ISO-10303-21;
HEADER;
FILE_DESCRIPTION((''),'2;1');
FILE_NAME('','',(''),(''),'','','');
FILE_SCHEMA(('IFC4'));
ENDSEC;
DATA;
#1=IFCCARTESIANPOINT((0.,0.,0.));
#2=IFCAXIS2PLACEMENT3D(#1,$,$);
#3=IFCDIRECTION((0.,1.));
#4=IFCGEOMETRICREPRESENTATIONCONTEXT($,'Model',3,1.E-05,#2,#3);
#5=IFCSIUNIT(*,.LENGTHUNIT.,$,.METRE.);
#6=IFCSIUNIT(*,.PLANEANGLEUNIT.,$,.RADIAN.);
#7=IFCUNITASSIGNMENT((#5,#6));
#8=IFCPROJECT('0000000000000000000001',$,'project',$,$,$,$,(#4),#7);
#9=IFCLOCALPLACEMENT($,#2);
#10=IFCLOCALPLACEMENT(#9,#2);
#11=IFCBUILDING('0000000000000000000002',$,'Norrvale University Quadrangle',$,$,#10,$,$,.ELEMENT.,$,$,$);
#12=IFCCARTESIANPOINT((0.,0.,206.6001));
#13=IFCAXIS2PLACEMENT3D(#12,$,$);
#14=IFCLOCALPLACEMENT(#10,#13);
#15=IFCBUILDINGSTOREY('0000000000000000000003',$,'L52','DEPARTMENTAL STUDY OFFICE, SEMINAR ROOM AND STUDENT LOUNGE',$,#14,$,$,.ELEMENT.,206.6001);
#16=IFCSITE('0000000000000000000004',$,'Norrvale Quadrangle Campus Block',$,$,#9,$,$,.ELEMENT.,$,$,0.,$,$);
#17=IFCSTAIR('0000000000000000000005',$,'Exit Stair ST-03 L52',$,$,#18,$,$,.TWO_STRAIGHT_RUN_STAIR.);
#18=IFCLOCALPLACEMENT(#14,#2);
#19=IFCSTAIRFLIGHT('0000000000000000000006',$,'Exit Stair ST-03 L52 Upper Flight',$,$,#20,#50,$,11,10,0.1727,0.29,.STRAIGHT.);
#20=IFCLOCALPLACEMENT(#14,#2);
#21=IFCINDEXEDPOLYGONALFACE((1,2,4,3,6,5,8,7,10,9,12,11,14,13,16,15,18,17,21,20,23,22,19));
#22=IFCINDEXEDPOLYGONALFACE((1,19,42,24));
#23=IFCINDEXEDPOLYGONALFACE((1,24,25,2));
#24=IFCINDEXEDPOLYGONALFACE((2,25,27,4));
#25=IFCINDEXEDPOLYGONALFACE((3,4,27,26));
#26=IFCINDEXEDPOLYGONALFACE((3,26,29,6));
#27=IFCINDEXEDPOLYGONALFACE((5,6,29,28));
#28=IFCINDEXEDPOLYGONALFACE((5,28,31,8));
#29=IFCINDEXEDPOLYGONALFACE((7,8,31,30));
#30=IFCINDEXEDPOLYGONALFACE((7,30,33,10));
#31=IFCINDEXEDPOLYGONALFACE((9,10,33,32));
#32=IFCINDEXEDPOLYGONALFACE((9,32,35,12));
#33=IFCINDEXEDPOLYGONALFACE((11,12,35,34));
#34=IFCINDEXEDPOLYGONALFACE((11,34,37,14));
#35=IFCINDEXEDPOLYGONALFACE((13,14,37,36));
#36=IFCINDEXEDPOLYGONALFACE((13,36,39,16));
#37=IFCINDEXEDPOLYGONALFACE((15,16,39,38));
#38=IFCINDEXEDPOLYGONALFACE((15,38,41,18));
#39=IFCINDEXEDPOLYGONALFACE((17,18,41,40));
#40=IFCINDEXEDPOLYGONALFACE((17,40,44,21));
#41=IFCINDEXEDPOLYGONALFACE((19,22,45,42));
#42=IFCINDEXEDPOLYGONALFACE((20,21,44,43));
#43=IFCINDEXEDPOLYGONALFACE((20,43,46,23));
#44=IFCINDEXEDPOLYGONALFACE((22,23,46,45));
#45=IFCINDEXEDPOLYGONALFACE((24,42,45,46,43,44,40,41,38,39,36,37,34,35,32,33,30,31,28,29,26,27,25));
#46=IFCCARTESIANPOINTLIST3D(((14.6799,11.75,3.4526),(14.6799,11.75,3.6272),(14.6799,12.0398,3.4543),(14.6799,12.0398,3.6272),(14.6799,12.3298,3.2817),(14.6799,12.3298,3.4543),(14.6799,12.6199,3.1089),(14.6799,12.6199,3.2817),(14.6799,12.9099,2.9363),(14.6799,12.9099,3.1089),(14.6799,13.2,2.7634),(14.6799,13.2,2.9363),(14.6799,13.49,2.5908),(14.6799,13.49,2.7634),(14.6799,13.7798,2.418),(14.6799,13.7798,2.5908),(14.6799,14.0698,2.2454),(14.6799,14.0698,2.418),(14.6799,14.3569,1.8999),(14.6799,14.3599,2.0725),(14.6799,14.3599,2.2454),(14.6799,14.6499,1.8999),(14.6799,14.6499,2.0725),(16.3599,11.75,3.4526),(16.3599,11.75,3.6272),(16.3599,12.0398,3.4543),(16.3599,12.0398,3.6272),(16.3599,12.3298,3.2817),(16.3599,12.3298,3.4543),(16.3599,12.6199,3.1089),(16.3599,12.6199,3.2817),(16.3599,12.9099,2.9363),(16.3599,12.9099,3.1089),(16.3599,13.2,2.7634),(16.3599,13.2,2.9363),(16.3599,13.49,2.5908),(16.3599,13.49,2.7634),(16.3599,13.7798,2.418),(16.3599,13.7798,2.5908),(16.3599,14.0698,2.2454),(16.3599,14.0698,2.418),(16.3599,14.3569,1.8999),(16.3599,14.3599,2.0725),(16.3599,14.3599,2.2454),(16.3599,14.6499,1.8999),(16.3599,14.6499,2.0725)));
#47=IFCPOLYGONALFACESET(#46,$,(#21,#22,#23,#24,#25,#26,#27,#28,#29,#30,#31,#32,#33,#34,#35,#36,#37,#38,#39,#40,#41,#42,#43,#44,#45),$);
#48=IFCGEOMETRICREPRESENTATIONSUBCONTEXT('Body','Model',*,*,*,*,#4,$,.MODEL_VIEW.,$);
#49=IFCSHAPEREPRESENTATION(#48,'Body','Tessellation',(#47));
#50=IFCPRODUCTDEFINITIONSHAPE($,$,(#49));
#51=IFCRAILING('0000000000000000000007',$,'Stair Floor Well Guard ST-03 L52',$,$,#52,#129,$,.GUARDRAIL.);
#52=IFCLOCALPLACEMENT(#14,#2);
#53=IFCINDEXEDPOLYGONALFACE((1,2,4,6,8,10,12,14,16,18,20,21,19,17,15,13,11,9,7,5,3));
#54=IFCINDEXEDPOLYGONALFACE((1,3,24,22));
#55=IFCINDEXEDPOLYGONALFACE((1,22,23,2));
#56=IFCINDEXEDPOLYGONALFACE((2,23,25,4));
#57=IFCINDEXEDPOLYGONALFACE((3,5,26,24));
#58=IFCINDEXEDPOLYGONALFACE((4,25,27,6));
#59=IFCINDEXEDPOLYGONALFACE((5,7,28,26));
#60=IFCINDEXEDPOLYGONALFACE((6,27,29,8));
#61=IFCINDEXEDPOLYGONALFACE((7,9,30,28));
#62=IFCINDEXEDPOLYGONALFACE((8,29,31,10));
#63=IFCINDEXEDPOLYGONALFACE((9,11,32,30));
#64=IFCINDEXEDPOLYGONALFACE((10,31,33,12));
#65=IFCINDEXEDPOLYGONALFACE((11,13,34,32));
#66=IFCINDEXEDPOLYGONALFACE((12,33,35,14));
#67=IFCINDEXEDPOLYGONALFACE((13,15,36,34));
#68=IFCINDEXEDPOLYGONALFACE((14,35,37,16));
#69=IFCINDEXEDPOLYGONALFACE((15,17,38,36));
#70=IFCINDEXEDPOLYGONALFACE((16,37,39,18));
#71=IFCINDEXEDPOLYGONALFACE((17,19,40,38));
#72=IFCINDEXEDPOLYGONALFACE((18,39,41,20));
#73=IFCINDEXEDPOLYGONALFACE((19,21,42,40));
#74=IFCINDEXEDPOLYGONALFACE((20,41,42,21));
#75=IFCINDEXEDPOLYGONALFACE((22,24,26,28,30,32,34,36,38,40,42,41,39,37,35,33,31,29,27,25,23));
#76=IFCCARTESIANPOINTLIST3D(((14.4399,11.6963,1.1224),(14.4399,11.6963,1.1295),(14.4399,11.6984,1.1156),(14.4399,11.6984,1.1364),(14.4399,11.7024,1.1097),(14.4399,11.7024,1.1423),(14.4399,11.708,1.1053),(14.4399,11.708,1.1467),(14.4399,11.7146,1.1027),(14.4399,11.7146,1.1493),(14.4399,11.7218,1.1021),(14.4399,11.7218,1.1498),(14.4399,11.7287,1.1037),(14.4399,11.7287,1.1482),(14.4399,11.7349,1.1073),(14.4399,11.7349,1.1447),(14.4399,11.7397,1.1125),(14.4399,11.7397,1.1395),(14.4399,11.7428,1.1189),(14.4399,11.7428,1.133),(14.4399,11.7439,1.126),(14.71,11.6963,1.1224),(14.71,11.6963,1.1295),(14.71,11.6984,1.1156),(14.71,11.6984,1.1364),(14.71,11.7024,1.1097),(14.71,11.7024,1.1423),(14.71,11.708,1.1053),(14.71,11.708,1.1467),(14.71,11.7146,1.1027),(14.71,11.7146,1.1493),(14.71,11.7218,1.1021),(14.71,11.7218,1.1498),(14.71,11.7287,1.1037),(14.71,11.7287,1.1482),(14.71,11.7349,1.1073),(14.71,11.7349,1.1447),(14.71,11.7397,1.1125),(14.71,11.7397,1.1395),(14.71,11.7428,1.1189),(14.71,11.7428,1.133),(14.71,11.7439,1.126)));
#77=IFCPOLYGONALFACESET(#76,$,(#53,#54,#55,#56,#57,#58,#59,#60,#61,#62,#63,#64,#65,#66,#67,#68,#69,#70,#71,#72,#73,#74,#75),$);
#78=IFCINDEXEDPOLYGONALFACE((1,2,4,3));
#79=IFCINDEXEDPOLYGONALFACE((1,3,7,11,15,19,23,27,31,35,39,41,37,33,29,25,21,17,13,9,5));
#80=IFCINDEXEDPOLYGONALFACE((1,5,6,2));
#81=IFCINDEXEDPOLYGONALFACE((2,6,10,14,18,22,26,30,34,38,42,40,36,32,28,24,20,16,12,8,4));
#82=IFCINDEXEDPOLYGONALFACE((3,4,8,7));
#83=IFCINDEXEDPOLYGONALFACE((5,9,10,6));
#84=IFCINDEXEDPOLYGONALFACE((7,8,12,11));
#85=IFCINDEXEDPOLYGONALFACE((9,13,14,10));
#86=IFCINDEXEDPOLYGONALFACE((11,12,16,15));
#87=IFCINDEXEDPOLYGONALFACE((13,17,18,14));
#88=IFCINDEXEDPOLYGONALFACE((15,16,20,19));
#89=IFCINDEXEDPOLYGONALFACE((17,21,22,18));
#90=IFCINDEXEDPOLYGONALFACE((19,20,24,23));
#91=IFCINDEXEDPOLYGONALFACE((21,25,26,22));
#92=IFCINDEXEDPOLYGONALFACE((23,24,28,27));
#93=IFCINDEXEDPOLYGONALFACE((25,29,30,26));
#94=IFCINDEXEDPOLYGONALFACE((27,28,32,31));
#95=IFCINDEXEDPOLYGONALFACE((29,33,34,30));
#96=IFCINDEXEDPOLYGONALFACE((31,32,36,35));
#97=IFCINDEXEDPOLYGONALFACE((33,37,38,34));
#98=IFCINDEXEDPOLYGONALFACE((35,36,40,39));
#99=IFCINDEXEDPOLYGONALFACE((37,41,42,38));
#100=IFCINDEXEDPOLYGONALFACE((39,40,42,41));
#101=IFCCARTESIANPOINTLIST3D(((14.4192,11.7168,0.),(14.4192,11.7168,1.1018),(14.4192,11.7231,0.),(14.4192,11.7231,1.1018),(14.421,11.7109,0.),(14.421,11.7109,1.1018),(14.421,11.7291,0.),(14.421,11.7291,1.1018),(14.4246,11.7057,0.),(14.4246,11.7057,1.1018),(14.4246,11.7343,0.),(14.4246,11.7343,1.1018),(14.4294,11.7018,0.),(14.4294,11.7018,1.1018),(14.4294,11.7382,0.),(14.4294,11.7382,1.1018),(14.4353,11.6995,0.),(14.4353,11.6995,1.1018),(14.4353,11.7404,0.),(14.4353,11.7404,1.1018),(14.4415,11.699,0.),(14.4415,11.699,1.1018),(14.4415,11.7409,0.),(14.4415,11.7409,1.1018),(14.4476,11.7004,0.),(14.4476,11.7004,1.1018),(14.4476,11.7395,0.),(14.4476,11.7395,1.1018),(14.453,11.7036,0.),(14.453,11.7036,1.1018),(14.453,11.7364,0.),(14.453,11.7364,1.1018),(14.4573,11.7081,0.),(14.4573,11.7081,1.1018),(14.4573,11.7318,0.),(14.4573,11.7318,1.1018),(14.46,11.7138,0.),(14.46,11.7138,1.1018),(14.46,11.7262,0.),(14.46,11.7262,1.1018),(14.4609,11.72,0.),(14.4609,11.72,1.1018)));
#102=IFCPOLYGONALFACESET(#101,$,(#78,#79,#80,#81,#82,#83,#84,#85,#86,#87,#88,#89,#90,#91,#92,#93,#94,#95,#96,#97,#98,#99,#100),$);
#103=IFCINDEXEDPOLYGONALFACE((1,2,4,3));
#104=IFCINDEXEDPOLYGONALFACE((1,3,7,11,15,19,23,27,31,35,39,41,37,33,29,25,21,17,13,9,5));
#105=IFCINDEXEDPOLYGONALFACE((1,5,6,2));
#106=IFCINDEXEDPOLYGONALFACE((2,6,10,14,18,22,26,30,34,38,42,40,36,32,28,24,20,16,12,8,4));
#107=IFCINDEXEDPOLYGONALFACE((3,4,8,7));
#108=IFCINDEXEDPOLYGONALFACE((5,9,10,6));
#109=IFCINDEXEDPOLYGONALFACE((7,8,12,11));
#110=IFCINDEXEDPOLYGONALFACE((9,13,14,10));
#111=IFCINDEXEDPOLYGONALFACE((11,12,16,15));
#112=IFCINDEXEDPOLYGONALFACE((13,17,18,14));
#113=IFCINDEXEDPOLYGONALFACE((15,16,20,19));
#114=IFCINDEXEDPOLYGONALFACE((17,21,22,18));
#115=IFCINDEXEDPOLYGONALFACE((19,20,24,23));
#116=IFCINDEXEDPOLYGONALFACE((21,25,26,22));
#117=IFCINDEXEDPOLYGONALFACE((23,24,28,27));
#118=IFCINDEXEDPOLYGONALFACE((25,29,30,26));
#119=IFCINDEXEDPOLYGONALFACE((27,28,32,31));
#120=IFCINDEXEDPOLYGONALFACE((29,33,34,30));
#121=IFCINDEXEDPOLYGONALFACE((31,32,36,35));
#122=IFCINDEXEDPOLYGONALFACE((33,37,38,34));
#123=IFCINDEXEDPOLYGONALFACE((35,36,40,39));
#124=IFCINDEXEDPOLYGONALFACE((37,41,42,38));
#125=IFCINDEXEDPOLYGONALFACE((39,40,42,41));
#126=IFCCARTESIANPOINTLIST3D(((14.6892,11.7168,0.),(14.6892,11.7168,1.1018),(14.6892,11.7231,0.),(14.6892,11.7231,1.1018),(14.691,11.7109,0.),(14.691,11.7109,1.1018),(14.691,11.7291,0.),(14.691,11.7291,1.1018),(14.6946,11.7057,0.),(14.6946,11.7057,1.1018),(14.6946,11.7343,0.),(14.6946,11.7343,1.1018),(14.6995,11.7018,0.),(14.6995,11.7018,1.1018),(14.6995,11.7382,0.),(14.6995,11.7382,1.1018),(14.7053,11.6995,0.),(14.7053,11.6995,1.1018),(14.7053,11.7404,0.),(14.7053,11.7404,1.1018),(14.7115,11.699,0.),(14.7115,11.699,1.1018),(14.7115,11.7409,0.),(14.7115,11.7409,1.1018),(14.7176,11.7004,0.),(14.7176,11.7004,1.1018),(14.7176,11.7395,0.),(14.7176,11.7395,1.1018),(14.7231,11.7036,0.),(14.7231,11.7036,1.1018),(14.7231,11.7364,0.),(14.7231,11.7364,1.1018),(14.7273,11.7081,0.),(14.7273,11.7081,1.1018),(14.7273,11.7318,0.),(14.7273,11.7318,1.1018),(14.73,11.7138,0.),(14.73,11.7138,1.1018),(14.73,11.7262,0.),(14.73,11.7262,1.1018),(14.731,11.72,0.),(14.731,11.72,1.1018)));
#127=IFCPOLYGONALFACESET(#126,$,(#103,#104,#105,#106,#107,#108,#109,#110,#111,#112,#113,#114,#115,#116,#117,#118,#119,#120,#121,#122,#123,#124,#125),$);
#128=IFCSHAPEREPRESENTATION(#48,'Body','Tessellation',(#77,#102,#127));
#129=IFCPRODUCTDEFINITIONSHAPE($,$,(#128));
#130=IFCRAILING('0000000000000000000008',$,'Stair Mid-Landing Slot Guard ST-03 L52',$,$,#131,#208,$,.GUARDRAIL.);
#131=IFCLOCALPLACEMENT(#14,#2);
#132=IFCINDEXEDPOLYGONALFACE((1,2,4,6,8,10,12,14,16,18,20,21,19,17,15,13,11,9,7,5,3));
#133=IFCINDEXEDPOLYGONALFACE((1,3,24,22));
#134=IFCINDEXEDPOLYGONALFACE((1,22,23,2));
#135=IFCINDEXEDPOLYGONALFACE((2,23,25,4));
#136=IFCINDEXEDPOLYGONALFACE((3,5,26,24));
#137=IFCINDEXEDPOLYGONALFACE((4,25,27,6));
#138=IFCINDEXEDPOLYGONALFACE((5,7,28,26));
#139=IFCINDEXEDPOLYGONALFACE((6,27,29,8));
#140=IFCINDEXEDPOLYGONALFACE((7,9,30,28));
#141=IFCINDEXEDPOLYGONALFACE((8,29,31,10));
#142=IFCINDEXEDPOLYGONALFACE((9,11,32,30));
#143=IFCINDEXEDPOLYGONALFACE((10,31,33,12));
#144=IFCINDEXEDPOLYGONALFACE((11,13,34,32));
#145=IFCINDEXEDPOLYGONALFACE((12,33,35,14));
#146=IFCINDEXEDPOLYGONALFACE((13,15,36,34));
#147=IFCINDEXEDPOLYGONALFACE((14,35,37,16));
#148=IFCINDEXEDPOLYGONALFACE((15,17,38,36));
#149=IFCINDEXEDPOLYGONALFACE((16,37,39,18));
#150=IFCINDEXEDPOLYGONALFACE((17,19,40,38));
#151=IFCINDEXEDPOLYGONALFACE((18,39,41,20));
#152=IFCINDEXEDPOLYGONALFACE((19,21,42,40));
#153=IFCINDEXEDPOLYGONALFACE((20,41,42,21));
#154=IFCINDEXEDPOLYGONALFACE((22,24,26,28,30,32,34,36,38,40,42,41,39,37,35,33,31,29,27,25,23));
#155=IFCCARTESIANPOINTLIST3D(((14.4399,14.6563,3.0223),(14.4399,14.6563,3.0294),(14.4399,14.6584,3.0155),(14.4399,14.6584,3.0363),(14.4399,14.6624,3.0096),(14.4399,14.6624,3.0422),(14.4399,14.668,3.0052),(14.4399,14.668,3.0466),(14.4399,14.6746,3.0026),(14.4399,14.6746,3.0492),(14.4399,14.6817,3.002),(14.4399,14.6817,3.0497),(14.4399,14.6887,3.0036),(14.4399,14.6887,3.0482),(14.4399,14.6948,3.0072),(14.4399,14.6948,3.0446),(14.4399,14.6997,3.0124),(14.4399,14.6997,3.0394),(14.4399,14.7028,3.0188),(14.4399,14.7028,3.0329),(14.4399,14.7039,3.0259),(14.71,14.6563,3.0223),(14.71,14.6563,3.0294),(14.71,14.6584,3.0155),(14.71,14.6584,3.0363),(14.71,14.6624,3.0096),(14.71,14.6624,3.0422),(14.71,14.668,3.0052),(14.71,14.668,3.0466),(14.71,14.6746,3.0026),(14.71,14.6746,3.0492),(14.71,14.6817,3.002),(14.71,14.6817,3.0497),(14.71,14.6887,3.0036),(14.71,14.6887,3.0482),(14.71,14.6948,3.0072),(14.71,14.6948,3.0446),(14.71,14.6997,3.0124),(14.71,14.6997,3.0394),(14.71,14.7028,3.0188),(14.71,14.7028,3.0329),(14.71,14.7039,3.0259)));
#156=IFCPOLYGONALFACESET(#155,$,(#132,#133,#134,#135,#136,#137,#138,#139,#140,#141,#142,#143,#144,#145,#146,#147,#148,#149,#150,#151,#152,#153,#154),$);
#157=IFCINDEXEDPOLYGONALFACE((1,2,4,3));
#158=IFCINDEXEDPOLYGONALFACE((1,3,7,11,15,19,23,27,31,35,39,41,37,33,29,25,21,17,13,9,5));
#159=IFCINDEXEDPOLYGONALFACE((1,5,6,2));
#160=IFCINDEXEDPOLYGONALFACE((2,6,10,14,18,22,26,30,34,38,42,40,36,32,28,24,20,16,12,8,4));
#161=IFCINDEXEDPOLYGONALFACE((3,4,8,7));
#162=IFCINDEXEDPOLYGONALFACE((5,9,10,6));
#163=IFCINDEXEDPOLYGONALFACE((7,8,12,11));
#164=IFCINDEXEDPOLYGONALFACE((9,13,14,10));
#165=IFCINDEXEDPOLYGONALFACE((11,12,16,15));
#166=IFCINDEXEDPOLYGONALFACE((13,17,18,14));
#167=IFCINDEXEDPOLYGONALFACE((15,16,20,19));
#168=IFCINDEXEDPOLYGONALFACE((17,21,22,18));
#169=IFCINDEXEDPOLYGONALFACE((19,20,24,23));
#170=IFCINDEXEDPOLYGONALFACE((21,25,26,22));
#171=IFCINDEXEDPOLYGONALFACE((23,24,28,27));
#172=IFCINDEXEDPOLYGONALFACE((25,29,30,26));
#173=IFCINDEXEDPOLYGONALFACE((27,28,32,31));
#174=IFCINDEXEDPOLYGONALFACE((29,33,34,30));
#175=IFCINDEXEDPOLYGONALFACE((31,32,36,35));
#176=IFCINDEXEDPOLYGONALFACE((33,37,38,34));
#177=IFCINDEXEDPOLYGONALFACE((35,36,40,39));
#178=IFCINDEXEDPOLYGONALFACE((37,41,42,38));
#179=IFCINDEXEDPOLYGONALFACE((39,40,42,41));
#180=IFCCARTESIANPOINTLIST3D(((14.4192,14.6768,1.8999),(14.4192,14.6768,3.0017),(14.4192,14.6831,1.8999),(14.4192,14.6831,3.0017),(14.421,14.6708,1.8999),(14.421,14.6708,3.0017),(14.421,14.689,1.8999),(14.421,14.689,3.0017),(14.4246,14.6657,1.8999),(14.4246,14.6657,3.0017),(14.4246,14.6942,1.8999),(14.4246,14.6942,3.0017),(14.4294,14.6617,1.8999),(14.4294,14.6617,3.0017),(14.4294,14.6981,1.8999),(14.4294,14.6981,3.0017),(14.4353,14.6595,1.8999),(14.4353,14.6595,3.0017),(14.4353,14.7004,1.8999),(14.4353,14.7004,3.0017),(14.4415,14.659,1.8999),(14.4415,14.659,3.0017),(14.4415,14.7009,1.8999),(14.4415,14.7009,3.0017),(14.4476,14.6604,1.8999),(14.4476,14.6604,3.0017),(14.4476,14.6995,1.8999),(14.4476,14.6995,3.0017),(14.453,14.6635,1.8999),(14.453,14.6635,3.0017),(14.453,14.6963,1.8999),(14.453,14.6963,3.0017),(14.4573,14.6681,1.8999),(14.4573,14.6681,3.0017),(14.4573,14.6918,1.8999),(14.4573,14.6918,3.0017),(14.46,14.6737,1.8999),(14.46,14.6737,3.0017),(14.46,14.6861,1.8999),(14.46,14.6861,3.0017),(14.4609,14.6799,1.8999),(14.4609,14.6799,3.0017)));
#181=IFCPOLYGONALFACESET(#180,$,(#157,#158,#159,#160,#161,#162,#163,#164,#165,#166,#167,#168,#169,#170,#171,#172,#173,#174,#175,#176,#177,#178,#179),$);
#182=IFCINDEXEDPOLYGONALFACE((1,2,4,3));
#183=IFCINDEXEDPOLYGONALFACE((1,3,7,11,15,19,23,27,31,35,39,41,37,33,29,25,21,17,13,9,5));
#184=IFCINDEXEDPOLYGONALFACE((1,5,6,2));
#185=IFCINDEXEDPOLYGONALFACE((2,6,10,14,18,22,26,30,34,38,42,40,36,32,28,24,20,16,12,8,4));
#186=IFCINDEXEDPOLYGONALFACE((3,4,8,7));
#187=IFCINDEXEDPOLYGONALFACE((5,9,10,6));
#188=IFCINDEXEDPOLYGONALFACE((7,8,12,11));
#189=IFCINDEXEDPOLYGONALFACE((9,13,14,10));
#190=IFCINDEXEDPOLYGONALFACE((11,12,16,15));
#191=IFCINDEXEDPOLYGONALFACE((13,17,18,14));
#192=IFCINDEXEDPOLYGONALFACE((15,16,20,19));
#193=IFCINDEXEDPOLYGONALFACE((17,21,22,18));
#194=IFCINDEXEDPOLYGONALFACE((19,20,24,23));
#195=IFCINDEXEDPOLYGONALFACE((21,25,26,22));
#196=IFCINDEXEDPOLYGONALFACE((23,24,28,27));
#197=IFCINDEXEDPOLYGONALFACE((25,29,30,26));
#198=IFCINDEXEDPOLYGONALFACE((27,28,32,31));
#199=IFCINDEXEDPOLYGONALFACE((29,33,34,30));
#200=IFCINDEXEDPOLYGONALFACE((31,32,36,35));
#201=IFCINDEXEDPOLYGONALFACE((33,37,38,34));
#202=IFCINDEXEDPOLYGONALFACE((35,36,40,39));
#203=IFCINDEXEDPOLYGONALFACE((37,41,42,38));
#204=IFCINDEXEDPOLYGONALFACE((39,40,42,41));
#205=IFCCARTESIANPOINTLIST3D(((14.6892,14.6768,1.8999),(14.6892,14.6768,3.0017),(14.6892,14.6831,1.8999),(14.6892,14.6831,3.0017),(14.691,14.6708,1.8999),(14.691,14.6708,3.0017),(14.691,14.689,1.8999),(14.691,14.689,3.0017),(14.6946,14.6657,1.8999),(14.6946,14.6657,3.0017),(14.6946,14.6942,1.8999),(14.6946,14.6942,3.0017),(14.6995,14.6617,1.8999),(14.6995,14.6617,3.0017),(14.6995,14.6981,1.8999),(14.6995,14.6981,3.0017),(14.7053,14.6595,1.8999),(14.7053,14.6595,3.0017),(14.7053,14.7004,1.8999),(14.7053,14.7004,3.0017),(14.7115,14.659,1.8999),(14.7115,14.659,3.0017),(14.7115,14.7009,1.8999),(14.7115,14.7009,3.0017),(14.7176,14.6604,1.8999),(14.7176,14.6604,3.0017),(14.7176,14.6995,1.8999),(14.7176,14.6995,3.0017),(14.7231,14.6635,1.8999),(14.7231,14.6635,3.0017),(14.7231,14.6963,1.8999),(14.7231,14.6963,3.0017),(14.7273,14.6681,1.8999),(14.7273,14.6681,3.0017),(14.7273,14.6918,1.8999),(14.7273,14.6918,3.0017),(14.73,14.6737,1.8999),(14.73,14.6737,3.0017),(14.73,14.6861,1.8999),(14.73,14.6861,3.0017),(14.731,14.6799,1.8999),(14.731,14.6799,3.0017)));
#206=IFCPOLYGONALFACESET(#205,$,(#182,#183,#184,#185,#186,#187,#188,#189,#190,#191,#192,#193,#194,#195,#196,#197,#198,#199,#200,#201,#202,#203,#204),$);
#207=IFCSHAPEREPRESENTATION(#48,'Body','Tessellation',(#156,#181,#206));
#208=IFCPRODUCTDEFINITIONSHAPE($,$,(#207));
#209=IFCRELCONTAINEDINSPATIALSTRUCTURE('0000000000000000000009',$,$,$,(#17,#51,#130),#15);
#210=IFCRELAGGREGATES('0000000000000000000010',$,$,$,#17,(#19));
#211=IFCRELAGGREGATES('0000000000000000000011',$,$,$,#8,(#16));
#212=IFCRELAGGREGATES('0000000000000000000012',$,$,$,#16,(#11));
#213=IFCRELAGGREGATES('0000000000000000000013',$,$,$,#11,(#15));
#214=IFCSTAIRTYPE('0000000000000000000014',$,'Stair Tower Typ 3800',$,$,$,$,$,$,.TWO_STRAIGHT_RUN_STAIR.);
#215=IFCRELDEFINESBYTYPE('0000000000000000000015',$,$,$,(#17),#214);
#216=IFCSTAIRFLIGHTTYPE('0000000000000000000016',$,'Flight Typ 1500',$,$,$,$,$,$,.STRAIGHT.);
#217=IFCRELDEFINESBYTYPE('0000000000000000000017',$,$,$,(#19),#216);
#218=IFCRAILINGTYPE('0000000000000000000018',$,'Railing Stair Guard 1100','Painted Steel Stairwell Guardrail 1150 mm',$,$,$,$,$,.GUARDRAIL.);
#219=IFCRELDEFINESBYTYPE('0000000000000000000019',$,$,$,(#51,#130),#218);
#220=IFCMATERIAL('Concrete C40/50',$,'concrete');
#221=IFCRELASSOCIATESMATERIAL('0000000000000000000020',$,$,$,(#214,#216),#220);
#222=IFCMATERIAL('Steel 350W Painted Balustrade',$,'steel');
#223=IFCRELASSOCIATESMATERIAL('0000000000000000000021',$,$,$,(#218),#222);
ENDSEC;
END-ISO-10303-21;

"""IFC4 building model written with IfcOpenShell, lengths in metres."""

from ifc_helpers import new_model, si_unit, direction, frame, origin, origin_2d, place, context, subcontext, project, spatial, polyline, circle, outline, extrude, material, type_object, element, aggregate, save


model = new_model("IFC4")

# Units and contexts
model_context = context("Model", 3, precision=1e-05, world=origin(), true_north=direction((0.0, 1.0)))
body_context = subcontext(model_context, "Body", "Model", "MODEL_VIEW")
ifc_project = project(units=[si_unit("LENGTHUNIT", "METRE"), si_unit("PLANEANGLEUNIT", "RADIAN")], contexts=[model_context])

# Site, building, storey
site_placement = place(None, origin())
site = spatial("IfcSite", under=ifc_project, at=site_placement, Name="Norrvale Quadrangle Campus Block", CompositionType="ELEMENT", RefElevation=0.0)
building_placement = place(site_placement, origin())
building = spatial("IfcBuilding", under=site, at=building_placement, Name="Norrvale University Quadrangle", CompositionType="ELEMENT")
storey_placement = place(building_placement, frame((0.0, 0.0, 206.6001)))
storey = spatial("IfcBuildingStorey", under=building, at=storey_placement, Name="L52", Description="DEPARTMENTAL STUDY OFFICE, SEMINAR ROOM AND STUDENT LOUNGE", CompositionType="ELEMENT", Elevation=206.6001)

# Stair, stair flight
ifc_material_1 = material(Name="Concrete C40/50", Category="concrete")
stair_type = type_object("IfcStairType", Name="Stair Tower Typ 3800", PredefinedType="TWO_STRAIGHT_RUN_STAIR", material=ifc_material_1)
stair_placement = place(storey_placement, origin())
stair = element("IfcStair", 1, at=stair_placement, inside=storey, type_object=stair_type, Name="Exit Stair ST-03 L52", PredefinedType="TWO_STRAIGHT_RUN_STAIR")
stair_flight_type = type_object("IfcStairFlightType", Name="Flight Typ 1500", PredefinedType="STRAIGHT", material=ifc_material_1)
stair_flight_1_placement = place(storey_placement, frame((15.52, 14.6499, 1.8999), z_axis=(0.0, 0.0, 1.0), x_axis=(0.0, -1.0, 0.0)))
stair_flight_1 = element("IfcStairFlight", 2, at=stair_flight_1_placement, type_object=stair_flight_type, Name="Exit Stair ST-03 L52 Upper Flight", NumberOfRisers=11, NumberOfTreads=10, PredefinedType="STRAIGHT", RiserHeight=0.1727, TreadLength=0.29, context=body_context, shape_type="SweptSolid", body=[
    extrude(outline(polyline([(0.0, 0.0), (0.0, 0.1726), (0.29, 0.1726), (0.29, 0.3455), (0.5801, 0.3455), (0.5801, 0.5181), (0.8701, 0.5181), (0.8701, 0.6909), (1.1599, 0.6909), (1.1599, 0.8635), (1.45, 0.8635), (1.45, 1.0364), (1.74, 1.0364), (1.74, 1.209), (2.03, 1.209), (2.03, 1.3818), (2.3201, 1.3818), (2.3201, 1.5544), (2.6101, 1.5544), (2.6101, 1.7273), (2.8999, 1.7273), (2.8999, 1.8999), (2.8999, 1.5527), (0.293, 0.0), (0.0, 0.0)])), frame((0.0, 0.8398, 0.0), z_axis=(0.0, -1.0, 0.0), x_axis=(1.0, 0.0, 0.0)), (0.0, 0.0, 1.0), 1.6799),
])
aggregate(stair, [stair_flight_1])

# Railings
ifc_material_2 = material(Name="Steel 350W Painted Balustrade", Category="steel")
railing_type_1 = type_object("IfcRailingType", Name="Railing Stair Guard 1100", Description="Painted Steel Stairwell Guardrail 1150 mm", PredefinedType="GUARDRAIL", material=ifc_material_2)
for number, where, name in (
    (3, (14.4399, 11.72, 0.0), "Stair Floor Well Guard ST-03 L52"),
    (4, (14.4399, 14.6799, 1.8999), "Stair Mid-Landing Slot Guard ST-03 L52"),
):
    element("IfcRailing", number, at=place(storey_placement, frame(where)), inside=storey, type_object=railing_type_1, Name=name, PredefinedType="GUARDRAIL", context=body_context, shape_type="SweptSolid", body=[
        extrude(circle(Radius=0.0239, at=origin_2d()), frame((0.0, 0.0, 1.126), z_axis=(1.0, 0.0, 0.0), x_axis=(0.0, 1.0, 0.0)), (0.0, 0.0, 1.0), 0.27),
        extrude(circle(Radius=0.021, at=origin_2d()), origin(), (0.0, 0.0, 1.0), 1.1018),
        extrude(circle(Radius=0.021, at=origin_2d()), frame((0.27, 0.0, 0.0)), (0.0, 0.0, 1.0), 1.1018),
    ])

save(model, "model.ifc")
